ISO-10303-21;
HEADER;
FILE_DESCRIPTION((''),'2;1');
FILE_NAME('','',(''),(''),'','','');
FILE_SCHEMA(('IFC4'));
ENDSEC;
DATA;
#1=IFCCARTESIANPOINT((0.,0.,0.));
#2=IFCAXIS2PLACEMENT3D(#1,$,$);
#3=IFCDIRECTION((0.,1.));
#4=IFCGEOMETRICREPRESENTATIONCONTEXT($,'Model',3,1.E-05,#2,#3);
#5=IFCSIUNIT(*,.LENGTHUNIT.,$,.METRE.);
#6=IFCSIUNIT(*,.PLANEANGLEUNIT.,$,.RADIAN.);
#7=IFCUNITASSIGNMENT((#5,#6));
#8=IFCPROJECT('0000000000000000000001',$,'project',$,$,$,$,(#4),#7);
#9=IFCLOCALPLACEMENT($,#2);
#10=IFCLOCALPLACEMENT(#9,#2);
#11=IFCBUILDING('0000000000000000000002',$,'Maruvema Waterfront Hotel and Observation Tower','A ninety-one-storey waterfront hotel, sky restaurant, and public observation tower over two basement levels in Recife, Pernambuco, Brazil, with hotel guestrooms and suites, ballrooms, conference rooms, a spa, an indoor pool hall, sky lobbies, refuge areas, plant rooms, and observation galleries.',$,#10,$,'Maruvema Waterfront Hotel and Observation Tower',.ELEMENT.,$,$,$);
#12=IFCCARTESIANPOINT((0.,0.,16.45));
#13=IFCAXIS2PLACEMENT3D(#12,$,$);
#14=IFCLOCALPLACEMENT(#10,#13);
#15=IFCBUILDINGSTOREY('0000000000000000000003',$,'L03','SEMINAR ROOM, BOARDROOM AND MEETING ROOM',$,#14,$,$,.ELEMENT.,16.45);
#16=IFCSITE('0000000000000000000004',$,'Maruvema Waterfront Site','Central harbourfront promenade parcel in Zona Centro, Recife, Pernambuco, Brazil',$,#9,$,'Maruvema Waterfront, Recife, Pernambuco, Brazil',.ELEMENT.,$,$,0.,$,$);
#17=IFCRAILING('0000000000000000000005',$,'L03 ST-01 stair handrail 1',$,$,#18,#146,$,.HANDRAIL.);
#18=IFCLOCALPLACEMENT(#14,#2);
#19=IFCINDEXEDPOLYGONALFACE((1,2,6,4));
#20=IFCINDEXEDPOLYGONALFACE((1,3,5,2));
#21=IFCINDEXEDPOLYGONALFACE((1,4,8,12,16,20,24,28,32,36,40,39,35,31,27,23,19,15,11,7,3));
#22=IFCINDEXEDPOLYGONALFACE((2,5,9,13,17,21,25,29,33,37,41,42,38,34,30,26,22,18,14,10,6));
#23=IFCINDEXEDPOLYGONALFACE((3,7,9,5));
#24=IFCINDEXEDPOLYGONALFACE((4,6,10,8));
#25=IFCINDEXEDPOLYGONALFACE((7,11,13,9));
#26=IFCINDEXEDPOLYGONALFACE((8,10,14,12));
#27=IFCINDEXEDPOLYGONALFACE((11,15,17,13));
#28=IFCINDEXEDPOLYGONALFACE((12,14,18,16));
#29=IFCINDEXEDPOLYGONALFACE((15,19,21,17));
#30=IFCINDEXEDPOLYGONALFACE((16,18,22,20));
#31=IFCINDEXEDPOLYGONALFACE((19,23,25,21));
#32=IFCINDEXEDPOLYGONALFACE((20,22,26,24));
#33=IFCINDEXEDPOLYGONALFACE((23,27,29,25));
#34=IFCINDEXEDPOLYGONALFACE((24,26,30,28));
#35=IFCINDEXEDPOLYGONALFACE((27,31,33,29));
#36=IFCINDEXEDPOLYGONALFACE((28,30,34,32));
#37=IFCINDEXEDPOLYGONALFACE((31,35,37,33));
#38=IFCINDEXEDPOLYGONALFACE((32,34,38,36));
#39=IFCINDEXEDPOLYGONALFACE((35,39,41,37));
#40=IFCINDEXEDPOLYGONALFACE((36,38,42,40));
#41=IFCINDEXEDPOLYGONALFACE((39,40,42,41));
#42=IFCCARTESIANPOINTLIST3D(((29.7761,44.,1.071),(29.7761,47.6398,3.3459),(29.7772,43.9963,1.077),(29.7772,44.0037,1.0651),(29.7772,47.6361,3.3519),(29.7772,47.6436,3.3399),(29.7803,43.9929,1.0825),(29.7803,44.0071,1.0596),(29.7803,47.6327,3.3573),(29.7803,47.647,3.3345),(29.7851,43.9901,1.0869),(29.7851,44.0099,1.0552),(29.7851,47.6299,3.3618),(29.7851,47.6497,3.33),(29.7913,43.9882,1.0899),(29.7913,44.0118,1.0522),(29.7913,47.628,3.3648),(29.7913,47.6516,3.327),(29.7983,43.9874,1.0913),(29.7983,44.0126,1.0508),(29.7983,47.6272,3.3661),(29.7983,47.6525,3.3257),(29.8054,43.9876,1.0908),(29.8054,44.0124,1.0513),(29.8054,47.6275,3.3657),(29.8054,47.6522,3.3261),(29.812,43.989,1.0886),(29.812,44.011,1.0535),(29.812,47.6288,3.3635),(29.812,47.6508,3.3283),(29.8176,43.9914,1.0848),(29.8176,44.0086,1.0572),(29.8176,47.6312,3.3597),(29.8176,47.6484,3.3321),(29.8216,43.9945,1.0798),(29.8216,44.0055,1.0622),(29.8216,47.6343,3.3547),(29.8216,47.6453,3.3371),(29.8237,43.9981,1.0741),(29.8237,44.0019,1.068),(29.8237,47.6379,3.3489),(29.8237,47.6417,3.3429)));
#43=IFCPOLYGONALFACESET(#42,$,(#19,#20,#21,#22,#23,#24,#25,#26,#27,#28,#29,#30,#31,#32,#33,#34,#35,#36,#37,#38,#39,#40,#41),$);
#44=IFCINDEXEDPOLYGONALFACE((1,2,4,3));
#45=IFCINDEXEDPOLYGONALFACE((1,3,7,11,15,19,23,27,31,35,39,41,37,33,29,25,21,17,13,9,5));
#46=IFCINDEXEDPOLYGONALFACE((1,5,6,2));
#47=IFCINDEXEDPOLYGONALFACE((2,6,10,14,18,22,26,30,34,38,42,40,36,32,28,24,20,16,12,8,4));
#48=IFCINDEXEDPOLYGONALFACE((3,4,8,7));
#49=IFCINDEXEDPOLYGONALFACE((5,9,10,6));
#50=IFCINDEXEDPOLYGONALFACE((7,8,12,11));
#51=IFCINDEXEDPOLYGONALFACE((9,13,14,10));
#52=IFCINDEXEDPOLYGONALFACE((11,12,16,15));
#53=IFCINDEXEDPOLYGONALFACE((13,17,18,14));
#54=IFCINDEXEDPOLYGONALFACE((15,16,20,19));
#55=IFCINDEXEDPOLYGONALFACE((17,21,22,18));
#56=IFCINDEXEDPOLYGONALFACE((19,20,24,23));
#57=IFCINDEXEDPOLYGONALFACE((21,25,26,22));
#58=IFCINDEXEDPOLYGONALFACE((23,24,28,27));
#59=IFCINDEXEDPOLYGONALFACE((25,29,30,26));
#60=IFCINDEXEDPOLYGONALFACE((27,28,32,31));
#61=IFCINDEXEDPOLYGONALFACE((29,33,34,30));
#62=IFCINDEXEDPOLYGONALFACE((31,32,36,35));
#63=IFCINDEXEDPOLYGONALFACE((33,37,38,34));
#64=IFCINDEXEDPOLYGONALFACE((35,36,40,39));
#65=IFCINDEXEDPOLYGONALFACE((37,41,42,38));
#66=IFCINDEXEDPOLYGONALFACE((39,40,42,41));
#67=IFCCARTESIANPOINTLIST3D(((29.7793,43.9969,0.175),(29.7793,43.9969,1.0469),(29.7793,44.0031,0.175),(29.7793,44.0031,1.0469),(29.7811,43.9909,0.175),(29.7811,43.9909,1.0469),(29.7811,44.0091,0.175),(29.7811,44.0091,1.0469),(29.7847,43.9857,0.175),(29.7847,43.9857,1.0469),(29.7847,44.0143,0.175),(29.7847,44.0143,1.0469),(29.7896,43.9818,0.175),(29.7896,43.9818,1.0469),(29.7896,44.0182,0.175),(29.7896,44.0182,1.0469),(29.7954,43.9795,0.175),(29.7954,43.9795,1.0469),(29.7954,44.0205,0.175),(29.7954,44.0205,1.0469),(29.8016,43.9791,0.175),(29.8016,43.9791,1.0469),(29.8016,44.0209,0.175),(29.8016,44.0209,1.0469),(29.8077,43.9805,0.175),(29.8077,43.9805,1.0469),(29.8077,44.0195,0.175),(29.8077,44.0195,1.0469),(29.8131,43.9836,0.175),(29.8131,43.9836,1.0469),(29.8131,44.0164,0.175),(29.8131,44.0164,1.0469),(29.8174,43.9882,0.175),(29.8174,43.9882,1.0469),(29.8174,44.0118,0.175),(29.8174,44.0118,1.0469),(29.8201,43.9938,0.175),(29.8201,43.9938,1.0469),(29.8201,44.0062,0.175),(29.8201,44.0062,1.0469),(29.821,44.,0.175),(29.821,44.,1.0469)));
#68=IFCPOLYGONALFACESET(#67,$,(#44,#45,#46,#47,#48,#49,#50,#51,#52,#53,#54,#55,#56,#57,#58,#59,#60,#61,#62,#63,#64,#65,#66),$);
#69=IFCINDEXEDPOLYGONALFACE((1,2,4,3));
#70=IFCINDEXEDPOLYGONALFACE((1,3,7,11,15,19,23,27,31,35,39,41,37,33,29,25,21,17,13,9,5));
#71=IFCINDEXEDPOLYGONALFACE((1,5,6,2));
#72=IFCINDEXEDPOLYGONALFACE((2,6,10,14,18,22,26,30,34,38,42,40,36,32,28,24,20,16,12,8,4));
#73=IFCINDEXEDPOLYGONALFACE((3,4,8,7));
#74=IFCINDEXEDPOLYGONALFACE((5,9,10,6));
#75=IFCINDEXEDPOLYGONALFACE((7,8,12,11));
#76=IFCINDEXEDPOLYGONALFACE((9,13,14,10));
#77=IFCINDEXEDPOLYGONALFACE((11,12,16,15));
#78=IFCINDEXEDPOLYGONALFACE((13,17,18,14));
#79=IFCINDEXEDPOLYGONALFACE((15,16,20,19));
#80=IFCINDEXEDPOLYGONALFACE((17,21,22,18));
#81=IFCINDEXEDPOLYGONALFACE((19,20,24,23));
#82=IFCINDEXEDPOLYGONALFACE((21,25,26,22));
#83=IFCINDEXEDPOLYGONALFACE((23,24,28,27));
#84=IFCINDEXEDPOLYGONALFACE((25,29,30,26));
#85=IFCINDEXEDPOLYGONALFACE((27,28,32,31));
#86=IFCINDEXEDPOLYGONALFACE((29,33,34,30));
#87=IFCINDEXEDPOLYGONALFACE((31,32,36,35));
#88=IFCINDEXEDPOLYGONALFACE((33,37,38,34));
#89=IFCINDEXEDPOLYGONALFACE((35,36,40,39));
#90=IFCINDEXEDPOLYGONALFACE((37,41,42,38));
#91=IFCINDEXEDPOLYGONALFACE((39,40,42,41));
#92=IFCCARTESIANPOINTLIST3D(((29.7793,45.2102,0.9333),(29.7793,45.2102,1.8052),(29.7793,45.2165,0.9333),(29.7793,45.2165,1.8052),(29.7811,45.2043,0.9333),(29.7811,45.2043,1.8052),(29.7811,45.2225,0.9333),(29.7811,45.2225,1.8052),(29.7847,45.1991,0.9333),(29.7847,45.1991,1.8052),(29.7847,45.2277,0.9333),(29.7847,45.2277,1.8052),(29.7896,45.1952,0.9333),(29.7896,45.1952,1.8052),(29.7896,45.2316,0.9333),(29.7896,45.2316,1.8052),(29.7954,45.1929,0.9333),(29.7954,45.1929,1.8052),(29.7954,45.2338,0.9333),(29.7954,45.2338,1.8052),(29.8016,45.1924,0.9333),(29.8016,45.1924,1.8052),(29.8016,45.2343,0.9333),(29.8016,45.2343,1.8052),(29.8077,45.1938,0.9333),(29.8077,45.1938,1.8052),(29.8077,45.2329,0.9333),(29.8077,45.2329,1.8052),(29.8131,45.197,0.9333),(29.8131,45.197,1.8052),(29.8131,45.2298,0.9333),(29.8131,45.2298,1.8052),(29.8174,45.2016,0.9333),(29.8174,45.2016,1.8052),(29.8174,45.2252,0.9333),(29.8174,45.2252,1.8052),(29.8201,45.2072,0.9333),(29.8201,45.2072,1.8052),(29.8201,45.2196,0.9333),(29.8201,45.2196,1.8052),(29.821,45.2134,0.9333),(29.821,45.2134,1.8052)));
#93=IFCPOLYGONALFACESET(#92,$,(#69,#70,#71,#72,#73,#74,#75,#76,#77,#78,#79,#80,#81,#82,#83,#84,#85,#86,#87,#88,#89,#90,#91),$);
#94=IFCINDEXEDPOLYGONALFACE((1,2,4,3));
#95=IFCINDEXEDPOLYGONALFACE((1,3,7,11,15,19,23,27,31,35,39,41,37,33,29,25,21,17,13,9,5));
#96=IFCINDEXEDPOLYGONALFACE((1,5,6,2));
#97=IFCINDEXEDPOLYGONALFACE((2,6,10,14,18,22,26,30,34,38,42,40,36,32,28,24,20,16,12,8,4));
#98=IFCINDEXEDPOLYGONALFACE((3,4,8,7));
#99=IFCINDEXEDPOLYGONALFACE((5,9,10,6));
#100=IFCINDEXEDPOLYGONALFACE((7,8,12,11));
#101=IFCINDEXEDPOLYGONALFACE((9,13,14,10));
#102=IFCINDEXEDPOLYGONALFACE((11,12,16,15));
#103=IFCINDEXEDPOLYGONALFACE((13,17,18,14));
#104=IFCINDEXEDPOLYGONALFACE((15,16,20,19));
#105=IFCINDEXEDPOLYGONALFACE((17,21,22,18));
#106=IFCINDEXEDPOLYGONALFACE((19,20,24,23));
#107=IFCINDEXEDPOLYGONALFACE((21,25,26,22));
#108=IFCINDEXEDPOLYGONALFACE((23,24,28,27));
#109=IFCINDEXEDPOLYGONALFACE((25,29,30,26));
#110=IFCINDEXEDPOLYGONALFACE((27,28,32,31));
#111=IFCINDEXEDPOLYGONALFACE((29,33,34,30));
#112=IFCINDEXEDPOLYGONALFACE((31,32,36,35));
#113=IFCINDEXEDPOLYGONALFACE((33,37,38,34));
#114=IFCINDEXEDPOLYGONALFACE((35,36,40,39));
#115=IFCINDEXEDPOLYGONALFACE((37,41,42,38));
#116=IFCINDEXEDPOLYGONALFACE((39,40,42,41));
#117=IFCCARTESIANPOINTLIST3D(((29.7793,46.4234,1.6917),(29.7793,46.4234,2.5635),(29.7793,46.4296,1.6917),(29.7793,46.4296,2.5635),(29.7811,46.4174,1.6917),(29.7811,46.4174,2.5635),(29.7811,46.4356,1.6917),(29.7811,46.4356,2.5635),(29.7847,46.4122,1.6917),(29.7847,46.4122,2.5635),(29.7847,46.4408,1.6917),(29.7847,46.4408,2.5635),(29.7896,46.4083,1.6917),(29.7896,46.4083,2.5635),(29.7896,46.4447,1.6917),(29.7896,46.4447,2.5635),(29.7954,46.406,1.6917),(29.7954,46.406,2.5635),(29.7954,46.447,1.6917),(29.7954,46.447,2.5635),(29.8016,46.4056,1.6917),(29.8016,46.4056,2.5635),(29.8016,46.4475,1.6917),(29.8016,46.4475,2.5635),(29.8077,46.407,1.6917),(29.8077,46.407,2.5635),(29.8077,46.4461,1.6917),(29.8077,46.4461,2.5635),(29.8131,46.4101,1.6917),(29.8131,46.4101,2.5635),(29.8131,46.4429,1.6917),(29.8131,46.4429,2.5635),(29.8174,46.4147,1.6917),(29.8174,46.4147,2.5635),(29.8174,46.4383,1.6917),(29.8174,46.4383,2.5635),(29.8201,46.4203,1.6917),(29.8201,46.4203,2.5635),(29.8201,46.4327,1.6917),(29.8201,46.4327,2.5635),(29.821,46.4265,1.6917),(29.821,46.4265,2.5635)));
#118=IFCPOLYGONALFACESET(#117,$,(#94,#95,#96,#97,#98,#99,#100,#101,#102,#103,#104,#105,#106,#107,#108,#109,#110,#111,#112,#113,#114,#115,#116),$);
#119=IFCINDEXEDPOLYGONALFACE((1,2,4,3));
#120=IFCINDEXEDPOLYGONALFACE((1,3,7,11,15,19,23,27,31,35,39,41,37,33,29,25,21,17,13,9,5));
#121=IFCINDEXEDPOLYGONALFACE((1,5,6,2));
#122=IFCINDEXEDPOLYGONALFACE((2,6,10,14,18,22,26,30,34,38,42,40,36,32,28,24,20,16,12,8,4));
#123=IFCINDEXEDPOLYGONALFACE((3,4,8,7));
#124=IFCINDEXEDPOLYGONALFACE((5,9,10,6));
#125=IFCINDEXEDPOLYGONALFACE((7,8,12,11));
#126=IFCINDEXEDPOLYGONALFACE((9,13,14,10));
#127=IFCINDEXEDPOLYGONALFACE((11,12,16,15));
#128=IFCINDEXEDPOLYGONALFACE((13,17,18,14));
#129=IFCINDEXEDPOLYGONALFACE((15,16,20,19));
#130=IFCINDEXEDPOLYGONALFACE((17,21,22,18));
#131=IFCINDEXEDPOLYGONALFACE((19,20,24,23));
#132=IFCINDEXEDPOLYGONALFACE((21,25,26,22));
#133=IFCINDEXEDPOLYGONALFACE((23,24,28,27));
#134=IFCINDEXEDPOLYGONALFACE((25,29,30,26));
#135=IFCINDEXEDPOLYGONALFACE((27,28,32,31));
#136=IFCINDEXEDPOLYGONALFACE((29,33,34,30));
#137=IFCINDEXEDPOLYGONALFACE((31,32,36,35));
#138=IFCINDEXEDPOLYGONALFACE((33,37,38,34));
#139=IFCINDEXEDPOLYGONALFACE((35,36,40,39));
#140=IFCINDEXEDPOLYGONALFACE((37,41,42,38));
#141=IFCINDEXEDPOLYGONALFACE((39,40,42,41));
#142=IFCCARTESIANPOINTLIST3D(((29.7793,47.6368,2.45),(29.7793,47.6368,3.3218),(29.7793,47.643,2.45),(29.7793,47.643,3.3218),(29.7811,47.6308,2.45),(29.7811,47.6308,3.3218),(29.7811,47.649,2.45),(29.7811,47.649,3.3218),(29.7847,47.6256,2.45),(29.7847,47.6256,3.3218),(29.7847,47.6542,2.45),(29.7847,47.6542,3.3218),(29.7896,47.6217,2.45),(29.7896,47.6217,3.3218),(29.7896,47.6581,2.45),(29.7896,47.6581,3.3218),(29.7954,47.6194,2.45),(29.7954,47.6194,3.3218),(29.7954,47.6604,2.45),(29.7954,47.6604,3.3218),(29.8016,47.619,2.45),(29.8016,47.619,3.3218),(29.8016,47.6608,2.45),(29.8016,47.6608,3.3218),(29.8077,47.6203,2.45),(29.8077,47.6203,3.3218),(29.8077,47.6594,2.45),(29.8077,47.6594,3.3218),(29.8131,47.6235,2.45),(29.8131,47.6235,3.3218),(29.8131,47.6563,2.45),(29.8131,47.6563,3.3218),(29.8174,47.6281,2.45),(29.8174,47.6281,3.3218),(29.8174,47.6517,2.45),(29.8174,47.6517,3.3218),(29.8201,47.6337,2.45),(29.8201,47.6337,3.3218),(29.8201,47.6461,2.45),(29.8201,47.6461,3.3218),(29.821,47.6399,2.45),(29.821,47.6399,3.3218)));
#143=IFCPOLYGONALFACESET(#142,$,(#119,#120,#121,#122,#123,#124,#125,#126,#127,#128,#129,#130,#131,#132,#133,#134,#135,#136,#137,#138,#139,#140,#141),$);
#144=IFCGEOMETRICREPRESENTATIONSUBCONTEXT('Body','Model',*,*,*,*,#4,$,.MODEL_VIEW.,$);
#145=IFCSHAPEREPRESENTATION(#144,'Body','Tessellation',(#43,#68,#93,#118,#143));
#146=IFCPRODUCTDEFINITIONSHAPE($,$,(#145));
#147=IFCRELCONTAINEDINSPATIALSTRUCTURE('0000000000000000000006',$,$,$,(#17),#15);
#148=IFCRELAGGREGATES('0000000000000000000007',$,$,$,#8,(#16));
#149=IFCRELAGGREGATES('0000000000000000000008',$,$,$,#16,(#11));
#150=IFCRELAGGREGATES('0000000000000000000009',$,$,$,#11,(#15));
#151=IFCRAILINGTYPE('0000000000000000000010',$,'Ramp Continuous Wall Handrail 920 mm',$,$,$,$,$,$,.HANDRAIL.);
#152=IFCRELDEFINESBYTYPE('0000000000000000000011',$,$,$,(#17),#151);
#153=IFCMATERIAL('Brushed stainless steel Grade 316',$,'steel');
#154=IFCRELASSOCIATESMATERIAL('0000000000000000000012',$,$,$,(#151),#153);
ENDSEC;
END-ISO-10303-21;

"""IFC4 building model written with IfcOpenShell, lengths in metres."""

from ifc_helpers import new_model, si_unit, direction, frame, origin, origin_2d, place, context, subcontext, project, spatial, circle, extrude, material, type_object, element, save


model = new_model("IFC4")

# Units and contexts
model_context = context("Model", 3, precision=1e-05, world=origin(), true_north=direction((0.0, 1.0)))
body_context = subcontext(model_context, "Body", "Model", "MODEL_VIEW")
ifc_project = project(units=[si_unit("LENGTHUNIT", "METRE"), si_unit("PLANEANGLEUNIT", "RADIAN")], contexts=[model_context])

# Site, building, storey
site_placement = place(None, origin())
site = spatial("IfcSite", under=ifc_project, at=site_placement, Name="Maruvema Waterfront Site", Description="Central harbourfront promenade parcel in Zona Centro, Recife, Pernambuco, Brazil", LongName="Maruvema Waterfront, Recife, Pernambuco, Brazil", CompositionType="ELEMENT", RefElevation=0.0)
building_placement = place(site_placement, origin())
building = spatial("IfcBuilding", under=site, at=building_placement, Name="Maruvema Waterfront Hotel and Observation Tower", Description="A ninety-one-storey waterfront hotel, sky restaurant, and public observation tower over two basement levels in Recife, Pernambuco, Brazil, with hotel guestrooms and suites, ballrooms, conference rooms, a spa, an indoor pool hall, sky lobbies, refuge areas, plant rooms, and observation galleries.", LongName="Maruvema Waterfront Hotel and Observation Tower", CompositionType="ELEMENT")
storey_placement = place(building_placement, frame((0.0, 0.0, 16.45)))
storey = spatial("IfcBuildingStorey", under=building, at=storey_placement, Name="L03", Description="SEMINAR ROOM, BOARDROOM AND MEETING ROOM", CompositionType="ELEMENT", Elevation=16.45)

# Railing
ifc_material_1 = material(Name="Brushed stainless steel Grade 316", Category="steel")
railing_type_1 = type_object("IfcRailingType", Name="Ramp Continuous Wall Handrail 920 mm", PredefinedType="HANDRAIL", material=ifc_material_1)
railing_1_placement = place(storey_placement, frame((29.8, 44.0, 0.175)))
element("IfcRailing", 1, at=railing_1_placement, inside=storey, type_object=railing_type_1, Name="L03 ST-01 stair handrail 1", PredefinedType="HANDRAIL", context=body_context, shape_type="SweptSolid", body=[
    extrude(circle(Radius=0.0239, at=origin_2d()), frame((0.0, 0.0, 0.896), z_axis=(0.0, 0.848001, 0.529994), x_axis=(-1.0, 0.0, 0.0)), (0.0, 0.0, 1.0), 4.2922),
    extrude(circle(Radius=0.021, at=origin_2d()), origin(), (0.0, 0.0, 1.0), 0.8718),
    extrude(circle(Radius=0.021, at=origin_2d()), frame((0.0, 1.2134, 0.7583)), (0.0, 0.0, 1.0), 0.8718),
    extrude(circle(Radius=0.021, at=origin_2d()), frame((0.0, 2.4265, 1.5166)), (0.0, 0.0, 1.0), 0.8718),
    extrude(circle(Radius=0.021, at=origin_2d()), frame((0.0, 3.6399, 2.2749)), (0.0, 0.0, 1.0), 0.8718),
])

save(model, "model.ifc")
